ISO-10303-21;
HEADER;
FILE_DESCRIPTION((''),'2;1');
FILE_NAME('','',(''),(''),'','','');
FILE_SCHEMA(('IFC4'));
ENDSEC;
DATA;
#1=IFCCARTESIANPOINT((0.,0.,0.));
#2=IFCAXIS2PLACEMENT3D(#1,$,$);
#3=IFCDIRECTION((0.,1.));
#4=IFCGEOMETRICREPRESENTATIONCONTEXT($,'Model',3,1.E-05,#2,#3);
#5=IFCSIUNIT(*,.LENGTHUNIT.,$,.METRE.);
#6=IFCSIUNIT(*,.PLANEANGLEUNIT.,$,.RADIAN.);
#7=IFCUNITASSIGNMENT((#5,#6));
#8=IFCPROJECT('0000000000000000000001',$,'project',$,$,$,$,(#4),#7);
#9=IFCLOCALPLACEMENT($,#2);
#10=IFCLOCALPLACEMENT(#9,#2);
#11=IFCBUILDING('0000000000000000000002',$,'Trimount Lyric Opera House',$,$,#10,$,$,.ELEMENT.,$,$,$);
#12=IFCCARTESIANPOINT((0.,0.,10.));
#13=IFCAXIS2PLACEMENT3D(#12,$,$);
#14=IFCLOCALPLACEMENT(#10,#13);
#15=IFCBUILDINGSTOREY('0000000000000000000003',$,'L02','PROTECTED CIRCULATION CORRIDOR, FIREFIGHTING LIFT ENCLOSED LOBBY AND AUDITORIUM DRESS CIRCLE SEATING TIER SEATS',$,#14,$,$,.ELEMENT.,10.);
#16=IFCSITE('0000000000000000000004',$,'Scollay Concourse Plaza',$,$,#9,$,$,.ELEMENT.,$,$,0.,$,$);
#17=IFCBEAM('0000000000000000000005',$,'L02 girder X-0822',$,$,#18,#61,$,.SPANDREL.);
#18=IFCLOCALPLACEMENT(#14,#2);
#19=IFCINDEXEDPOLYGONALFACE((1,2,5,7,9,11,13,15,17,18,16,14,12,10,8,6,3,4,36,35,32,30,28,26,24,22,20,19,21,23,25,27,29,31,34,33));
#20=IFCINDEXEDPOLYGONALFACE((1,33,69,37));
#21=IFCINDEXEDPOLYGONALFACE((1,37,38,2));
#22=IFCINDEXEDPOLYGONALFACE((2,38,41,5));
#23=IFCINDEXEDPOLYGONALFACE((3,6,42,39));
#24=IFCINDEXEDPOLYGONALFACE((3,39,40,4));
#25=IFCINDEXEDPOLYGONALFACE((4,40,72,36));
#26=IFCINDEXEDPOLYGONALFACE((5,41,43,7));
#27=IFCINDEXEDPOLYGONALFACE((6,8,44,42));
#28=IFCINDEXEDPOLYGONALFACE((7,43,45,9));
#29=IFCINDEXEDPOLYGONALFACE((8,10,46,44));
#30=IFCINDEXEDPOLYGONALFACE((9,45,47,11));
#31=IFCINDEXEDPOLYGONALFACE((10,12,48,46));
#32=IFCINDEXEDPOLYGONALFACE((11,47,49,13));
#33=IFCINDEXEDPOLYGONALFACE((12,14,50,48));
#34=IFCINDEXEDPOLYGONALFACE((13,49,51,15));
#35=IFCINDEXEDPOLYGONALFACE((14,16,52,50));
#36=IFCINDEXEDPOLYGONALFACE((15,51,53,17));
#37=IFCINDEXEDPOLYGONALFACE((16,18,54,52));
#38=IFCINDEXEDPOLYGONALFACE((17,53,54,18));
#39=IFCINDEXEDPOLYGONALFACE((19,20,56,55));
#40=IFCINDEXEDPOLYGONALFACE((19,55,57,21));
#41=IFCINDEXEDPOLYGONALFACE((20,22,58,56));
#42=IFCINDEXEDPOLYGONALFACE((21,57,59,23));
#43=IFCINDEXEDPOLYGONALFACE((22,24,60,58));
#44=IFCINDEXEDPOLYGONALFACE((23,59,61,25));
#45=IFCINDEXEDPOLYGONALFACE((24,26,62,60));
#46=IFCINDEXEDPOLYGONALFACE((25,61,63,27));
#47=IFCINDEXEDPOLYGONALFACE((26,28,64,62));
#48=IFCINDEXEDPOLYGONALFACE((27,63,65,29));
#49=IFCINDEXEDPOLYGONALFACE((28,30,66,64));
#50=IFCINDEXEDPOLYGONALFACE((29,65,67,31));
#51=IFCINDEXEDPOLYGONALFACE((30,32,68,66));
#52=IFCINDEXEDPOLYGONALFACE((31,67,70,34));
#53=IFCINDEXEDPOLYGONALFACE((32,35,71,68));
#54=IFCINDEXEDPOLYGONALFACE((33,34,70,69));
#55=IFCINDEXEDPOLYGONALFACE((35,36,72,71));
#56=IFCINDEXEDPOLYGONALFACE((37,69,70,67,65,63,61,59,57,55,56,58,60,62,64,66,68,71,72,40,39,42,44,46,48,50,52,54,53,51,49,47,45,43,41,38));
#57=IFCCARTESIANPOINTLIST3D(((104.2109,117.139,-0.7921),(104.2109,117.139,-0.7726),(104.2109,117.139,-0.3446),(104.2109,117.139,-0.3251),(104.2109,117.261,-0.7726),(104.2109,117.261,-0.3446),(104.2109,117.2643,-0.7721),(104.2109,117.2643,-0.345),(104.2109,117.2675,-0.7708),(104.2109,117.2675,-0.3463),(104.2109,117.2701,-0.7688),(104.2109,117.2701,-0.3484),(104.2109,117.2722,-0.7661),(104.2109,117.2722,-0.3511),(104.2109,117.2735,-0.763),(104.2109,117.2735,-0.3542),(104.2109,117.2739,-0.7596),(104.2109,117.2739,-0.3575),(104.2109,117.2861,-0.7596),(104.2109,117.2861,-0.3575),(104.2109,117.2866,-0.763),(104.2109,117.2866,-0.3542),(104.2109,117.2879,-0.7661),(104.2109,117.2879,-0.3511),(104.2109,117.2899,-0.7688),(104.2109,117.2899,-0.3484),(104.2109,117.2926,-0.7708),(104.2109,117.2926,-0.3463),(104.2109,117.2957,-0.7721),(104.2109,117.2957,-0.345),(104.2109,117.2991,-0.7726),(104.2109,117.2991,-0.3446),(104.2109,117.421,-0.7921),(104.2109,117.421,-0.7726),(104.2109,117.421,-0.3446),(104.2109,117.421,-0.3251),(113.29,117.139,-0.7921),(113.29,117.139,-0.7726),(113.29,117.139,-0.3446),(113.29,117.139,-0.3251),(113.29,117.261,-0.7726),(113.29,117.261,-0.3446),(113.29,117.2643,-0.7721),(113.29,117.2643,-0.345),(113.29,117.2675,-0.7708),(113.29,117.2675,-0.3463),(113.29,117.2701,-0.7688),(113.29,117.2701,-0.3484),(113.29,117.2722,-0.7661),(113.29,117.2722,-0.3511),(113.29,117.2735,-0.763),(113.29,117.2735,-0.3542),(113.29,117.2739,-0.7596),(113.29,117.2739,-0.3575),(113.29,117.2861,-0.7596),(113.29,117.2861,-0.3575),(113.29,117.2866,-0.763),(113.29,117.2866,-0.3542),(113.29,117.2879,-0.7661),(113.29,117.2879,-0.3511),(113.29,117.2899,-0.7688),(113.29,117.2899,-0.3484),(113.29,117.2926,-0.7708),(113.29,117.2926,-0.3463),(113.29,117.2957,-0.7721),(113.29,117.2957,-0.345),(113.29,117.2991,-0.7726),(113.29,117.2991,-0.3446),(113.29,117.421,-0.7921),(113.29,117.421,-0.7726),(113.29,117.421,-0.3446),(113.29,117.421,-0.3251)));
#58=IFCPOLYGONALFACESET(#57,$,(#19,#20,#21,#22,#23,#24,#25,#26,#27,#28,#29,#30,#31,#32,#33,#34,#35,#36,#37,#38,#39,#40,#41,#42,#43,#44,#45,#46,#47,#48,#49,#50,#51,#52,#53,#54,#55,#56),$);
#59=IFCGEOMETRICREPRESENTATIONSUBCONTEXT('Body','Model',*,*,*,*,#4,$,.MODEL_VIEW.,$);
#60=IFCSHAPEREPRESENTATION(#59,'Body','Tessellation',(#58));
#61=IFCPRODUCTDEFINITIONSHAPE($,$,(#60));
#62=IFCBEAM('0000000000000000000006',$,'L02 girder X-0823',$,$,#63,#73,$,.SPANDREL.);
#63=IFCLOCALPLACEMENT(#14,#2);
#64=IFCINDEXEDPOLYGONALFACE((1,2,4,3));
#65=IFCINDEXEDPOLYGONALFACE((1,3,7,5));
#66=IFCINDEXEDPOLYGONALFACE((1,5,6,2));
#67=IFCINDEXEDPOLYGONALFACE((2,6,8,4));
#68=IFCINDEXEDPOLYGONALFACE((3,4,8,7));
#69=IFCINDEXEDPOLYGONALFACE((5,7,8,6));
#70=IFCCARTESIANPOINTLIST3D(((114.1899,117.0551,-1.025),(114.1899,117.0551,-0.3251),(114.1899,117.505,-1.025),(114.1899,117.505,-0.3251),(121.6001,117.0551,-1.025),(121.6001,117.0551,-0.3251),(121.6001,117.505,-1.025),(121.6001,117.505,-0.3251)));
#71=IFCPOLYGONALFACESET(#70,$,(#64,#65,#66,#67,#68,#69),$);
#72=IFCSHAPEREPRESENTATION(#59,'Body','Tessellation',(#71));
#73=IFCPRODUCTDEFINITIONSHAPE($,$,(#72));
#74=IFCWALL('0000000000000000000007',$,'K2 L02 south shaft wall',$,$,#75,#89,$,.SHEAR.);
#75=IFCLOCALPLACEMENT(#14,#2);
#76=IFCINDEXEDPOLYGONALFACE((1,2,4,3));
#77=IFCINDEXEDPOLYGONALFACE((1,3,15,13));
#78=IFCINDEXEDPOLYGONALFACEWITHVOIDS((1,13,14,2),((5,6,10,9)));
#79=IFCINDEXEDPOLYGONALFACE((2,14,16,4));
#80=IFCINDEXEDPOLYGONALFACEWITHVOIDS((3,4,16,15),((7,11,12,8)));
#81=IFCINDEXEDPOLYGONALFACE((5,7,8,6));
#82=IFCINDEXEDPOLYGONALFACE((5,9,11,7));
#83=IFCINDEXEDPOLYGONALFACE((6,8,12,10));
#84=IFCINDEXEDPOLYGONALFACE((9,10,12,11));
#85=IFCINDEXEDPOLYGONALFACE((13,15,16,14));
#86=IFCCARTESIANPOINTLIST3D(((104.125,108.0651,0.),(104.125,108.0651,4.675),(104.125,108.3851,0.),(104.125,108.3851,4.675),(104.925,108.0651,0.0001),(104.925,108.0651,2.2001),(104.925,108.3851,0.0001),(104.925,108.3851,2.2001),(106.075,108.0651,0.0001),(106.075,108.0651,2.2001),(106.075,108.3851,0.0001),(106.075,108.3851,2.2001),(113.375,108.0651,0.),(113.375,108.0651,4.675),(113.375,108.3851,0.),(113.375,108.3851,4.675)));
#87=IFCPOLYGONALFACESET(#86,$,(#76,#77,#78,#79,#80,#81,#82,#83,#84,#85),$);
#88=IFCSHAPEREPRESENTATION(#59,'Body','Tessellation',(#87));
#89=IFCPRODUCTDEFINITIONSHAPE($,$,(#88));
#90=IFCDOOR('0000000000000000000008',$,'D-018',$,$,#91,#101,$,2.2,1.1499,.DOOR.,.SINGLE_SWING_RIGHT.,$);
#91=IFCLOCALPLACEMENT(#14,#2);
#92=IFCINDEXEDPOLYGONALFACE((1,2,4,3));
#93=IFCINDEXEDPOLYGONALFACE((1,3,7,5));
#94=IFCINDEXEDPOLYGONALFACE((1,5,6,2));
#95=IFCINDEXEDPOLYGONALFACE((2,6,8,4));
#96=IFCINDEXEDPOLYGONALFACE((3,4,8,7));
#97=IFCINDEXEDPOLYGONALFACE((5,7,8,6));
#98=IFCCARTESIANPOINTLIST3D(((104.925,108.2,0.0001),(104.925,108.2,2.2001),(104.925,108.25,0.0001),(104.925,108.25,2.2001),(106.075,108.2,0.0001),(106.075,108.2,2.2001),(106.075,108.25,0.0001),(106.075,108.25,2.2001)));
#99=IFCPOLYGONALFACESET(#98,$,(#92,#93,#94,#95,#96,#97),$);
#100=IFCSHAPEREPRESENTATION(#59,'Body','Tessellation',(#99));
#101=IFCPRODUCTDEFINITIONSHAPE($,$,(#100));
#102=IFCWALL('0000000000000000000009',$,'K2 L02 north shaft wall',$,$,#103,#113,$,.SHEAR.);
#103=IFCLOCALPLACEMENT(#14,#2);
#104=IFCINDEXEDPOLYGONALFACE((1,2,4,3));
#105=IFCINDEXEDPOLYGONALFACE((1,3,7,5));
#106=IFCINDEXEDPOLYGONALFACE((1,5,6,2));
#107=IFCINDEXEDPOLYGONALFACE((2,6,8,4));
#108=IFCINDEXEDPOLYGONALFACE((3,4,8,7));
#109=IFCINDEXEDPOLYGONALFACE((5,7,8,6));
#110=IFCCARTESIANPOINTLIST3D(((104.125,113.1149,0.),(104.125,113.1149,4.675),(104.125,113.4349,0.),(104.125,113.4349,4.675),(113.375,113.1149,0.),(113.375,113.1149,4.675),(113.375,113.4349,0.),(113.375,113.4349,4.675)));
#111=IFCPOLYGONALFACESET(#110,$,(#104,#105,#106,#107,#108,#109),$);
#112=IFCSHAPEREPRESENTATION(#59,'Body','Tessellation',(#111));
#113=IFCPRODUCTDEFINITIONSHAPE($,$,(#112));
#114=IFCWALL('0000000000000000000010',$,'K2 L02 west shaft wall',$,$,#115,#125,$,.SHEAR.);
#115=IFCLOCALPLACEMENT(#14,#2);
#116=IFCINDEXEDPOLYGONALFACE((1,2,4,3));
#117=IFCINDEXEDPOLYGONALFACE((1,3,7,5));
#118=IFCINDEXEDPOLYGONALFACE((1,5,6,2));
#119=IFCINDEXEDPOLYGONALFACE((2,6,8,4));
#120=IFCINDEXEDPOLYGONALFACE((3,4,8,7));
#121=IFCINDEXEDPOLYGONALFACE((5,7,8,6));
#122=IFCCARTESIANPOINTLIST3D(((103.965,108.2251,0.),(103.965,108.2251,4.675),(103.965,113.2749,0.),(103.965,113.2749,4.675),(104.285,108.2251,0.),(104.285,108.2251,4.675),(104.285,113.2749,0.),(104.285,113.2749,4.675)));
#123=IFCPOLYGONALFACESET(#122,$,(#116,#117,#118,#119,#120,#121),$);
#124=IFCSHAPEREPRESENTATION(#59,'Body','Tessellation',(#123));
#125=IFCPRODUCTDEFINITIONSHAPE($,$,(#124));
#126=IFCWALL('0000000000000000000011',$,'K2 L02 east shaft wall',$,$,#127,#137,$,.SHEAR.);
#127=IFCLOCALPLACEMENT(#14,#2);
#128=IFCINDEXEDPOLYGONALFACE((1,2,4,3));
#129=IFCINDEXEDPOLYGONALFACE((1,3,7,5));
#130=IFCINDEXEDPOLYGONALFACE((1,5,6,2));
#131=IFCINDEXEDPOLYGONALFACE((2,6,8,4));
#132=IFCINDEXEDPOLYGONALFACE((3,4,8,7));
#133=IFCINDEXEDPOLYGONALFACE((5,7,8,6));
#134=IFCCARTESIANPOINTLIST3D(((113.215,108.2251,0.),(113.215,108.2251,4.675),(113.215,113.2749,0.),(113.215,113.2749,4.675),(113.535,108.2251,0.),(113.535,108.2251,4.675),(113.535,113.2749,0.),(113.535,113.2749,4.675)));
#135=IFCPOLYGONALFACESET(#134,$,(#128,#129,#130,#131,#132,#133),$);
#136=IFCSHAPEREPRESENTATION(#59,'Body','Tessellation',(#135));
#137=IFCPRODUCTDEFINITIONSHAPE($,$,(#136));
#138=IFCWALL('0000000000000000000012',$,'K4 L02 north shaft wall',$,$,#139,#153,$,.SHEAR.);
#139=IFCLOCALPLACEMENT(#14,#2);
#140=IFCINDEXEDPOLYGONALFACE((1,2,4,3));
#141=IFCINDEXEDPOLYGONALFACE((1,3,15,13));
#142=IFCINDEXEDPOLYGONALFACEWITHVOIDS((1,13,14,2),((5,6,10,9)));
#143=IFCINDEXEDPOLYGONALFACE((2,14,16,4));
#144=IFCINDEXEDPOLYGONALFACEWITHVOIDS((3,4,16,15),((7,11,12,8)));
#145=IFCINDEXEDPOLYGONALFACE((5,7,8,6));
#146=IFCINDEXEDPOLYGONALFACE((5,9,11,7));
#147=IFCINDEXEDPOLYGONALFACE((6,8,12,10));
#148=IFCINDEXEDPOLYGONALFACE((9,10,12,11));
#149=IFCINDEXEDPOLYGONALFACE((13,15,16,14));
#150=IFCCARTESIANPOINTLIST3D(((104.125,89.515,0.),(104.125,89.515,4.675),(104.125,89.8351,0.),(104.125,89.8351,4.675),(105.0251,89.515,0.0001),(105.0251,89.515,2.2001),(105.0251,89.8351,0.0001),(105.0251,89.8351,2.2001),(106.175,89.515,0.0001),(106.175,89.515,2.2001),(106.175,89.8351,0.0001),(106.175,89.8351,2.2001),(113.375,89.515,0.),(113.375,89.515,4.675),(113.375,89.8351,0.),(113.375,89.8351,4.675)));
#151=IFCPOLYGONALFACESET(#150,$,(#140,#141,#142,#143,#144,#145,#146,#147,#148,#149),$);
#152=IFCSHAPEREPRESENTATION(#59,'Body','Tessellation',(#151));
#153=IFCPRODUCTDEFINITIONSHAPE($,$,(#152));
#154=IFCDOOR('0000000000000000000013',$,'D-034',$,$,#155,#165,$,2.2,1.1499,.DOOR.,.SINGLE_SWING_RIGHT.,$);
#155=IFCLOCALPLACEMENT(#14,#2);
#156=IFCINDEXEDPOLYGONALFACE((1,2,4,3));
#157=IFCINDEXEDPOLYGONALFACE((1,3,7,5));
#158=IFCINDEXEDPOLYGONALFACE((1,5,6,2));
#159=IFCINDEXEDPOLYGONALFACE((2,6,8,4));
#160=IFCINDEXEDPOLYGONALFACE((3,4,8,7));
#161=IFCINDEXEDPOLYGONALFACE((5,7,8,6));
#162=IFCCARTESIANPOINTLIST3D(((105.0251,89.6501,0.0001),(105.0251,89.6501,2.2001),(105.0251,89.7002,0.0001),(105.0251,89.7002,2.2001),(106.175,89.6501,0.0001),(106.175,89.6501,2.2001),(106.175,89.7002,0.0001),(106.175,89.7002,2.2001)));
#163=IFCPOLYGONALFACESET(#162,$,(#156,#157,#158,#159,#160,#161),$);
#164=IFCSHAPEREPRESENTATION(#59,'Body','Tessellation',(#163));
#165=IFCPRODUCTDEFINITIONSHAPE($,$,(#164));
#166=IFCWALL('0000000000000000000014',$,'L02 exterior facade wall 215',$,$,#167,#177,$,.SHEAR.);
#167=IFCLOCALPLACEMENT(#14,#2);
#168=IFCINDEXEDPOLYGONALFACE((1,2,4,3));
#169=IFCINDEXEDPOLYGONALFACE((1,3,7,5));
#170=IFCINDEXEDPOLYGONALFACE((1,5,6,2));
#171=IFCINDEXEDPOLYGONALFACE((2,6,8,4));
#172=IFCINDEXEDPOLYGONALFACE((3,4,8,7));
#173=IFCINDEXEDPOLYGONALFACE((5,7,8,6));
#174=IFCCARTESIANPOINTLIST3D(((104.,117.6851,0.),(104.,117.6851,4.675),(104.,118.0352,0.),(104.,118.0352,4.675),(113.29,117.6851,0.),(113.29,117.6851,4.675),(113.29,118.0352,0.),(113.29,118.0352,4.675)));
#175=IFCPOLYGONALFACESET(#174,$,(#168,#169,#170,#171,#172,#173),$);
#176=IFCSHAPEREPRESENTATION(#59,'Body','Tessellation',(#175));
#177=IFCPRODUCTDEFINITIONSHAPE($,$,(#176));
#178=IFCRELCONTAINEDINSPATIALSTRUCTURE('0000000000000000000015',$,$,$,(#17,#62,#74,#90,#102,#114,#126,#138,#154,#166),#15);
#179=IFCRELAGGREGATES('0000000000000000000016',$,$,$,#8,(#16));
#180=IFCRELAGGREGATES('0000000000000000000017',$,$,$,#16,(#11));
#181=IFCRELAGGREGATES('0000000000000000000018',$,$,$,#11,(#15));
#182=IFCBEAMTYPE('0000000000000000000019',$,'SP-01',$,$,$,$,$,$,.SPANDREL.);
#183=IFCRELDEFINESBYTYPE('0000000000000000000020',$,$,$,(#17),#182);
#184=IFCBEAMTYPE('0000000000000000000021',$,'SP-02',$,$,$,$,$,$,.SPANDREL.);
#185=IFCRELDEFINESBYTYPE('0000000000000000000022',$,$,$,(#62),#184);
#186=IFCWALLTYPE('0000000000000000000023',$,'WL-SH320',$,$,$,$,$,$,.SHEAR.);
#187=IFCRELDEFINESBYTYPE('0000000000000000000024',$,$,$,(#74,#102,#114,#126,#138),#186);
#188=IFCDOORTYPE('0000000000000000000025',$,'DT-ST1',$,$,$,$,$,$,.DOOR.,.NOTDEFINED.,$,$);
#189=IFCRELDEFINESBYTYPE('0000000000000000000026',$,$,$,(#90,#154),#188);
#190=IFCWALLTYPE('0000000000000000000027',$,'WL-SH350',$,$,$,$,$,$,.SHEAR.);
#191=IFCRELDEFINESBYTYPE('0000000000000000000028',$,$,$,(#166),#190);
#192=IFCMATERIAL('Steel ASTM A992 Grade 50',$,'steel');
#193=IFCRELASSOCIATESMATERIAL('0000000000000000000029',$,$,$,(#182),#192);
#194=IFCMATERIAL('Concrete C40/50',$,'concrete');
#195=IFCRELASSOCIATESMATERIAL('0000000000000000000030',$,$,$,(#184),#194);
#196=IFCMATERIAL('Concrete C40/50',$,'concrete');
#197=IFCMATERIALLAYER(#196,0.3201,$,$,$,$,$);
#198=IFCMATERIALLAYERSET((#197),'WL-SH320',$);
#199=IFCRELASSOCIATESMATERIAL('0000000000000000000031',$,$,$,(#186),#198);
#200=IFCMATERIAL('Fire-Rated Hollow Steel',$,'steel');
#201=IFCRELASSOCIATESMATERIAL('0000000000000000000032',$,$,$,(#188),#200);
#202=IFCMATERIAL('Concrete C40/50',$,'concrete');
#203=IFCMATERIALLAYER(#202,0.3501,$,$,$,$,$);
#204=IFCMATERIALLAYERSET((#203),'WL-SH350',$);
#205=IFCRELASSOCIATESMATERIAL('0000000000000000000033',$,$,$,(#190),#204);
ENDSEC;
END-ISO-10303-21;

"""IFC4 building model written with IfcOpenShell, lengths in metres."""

from ifc_helpers import new_model, si_unit, direction, frame, frame_2d, origin, origin_2d, place, context, subcontext, project, spatial, rectangle, i_section, extrude, material, layer, layer_set, material_profile, profile_set, type_object, element, fill, save


model = new_model("IFC4")

# Units and contexts
model_context = context("Model", 3, precision=1e-05, world=origin(), true_north=direction((0.0, 1.0)))
body_context = subcontext(model_context, "Body", "Model", "MODEL_VIEW")
ifc_project = project(units=[si_unit("LENGTHUNIT", "METRE"), si_unit("PLANEANGLEUNIT", "RADIAN")], contexts=[model_context])

# Site, building, storey
site_placement = place(None, origin())
site = spatial("IfcSite", under=ifc_project, at=site_placement, Name="Scollay Concourse Plaza", CompositionType="ELEMENT", RefElevation=0.0)
building_placement = place(site_placement, origin())
building = spatial("IfcBuilding", under=site, at=building_placement, Name="Trimount Lyric Opera House", CompositionType="ELEMENT")
storey_placement = place(building_placement, frame((0.0, 0.0, 10.0)))
storey = spatial("IfcBuildingStorey", under=building, at=storey_placement, Name="L02", Description="PROTECTED CIRCULATION CORRIDOR, FIREFIGHTING LIFT ENCLOSED LOBBY AND AUDITORIUM DRESS CIRCLE SEATING TIER SEATS", CompositionType="ELEMENT", Elevation=10.0)

# Beams
ifc_material_1 = material(Name="Steel ASTM A992 Grade 50", Category="steel")
ifc_material_profile_1 = material_profile(ifc_material_1, i_section(OverallWidth=0.282, OverallDepth=0.467, WebThickness=0.0122, FlangeThickness=0.0195, FilletRadius=0.0129, at=origin_2d()), Name="W18X86")
ifc_profile_set_1 = profile_set([ifc_material_profile_1], Name="Steel ASTM A992 Grade 50")
beam_type_1 = type_object("IfcBeamType", Name="SP-01", PredefinedType="SPANDREL", material=ifc_profile_set_1)
beam_1_placement = place(storey_placement, frame((104.2109, 117.28, -0.5586), z_axis=(1.0, 0.0, 0.0), x_axis=(0.0, 1.0, 0.0)))
element("IfcBeam", 1, at=beam_1_placement, inside=storey, type_object=beam_type_1, Name="L02 girder X-0822", PredefinedType="SPANDREL", context=body_context, shape_type="SweptSolid", body=[
    extrude(i_section(OverallWidth=0.282, OverallDepth=0.467, WebThickness=0.0122, FlangeThickness=0.0195, FilletRadius=0.0129, at=origin_2d()), origin(), (0.0, 0.0, 1.0), 9.0791),
])
ifc_material_2 = material(Name="Concrete C40/50", Category="concrete")
ifc_material_profile_2 = material_profile(ifc_material_2, rectangle(XDim=0.45, YDim=0.7, at=origin_2d()), Name="RC450X700")
ifc_profile_set_2 = profile_set([ifc_material_profile_2], Name="Concrete C40/50")
beam_type_2 = type_object("IfcBeamType", Name="SP-02", PredefinedType="SPANDREL", material=ifc_profile_set_2)
beam_2_placement = place(storey_placement, frame((114.1899, 117.28, -0.675), z_axis=(1.0, 0.0, 0.0), x_axis=(0.0, 1.0, 0.0)))
element("IfcBeam", 2, at=beam_2_placement, inside=storey, type_object=beam_type_2, Name="L02 girder X-0823", PredefinedType="SPANDREL", context=body_context, shape_type="SweptSolid", body=[
    extrude(rectangle(XDim=0.45, YDim=0.7, at=origin_2d()), origin(), (0.0, 0.0, 1.0), 7.4102),
])

# Wall, opening, door
ifc_material_3 = material(Name="Concrete C40/50", Category="concrete")
ifc_layer_1 = layer(ifc_material_3, 0.3201)
ifc_layer_set_1 = layer_set([ifc_layer_1], Name="WL-SH320")
wall_type_1 = type_object("IfcWallType", Name="WL-SH320", PredefinedType="SHEAR", material=ifc_layer_set_1)
wall_1_placement = place(storey_placement, frame((104.125, 108.2251, 0.0), z_axis=(0.0, 0.0, 1.0), x_axis=(1.0, 0.0, 0.0)))
wall_1 = element("IfcWall", 3, at=wall_1_placement, inside=storey, type_object=wall_type_1, Name="K2 L02 south shaft wall", PredefinedType="SHEAR", context=body_context, shape_type="SweptSolid", body=[
    extrude(rectangle(XDim=9.25, YDim=0.3201, at=frame_2d((4.625, 0.0))), origin(), (0.0, 0.0, 1.0), 4.675),
])
opening_1_placement = place(wall_1_placement, frame((0.8, 0.0, 0.0)))
opening_1 = element("IfcOpeningElement", 4, at=opening_1_placement, cuts=wall_1, PredefinedType="OPENING", context=body_context, shape_type="SweptSolid", body=[
    extrude(rectangle(XDim=1.1499, YDim=2.2, at=frame_2d((0.575, 1.1001))), frame((0.0, 0.1699, 0.0), z_axis=(0.0, -1.0, 0.0), x_axis=(1.0, 0.0, 0.0)), (0.0, 0.0, 1.0), 0.3401),
])
ifc_material_4 = material(Name="Fire-Rated Hollow Steel", Category="steel")
door_type = type_object("IfcDoorType", Name="DT-ST1", OperationType="NOTDEFINED", PredefinedType="DOOR", material=ifc_material_4)
door_1_placement = place(opening_1_placement, origin())
door_1 = element("IfcDoor", 5, at=door_1_placement, inside=storey, type_object=door_type, Name="D-018", OperationType="SINGLE_SWING_RIGHT", OverallHeight=2.2, OverallWidth=1.1499, PredefinedType="DOOR", context=body_context, shape_type="SweptSolid", body=[
    extrude(rectangle(XDim=1.1499, YDim=2.2, at=frame_2d((0.575, 1.1001))), frame((0.0, 0.0249, 0.0), z_axis=(0.0, -1.0, 0.0), x_axis=(1.0, 0.0, 0.0)), (0.0, 0.0, 1.0), 0.05),
])
fill(opening_1, door_1)

# Walls
wall_2_placement = place(storey_placement, frame((113.375, 113.2749, 0.0), z_axis=(0.0, 0.0, 1.0), x_axis=(-1.0, 0.0, 0.0)))
element("IfcWall", 6, at=wall_2_placement, inside=storey, type_object=wall_type_1, Name="K2 L02 north shaft wall", PredefinedType="SHEAR", context=body_context, shape_type="SweptSolid", body=[
    extrude(rectangle(XDim=9.25, YDim=0.3201, at=frame_2d((4.625, 0.0))), origin(), (0.0, 0.0, 1.0), 4.675),
])
for number, where, z_axis, x_axis, name in (
    (7, (104.125, 113.2749, 0.0), (0.0, 0.0, 1.0), (0.0, -1.0, 0.0), "K2 L02 west shaft wall"),
    (8, (113.375, 108.2251, 0.0), (0.0, 0.0, 1.0), (0.0, 1.0, 0.0), "K2 L02 east shaft wall"),
):
    element("IfcWall", number, at=place(storey_placement, frame(where, z_axis=z_axis, x_axis=x_axis)), inside=storey, type_object=wall_type_1, Name=name, PredefinedType="SHEAR", context=body_context, shape_type="SweptSolid", body=[
        extrude(rectangle(XDim=5.0498, YDim=0.3201, at=frame_2d((2.5249, 0.0))), origin(), (0.0, 0.0, 1.0), 4.675),
    ])

# Wall, opening, door
wall_3_placement = place(storey_placement, frame((113.375, 89.675, 0.0), z_axis=(0.0, 0.0, 1.0), x_axis=(-1.0, 0.0, 0.0)))
wall_3 = element("IfcWall", 9, at=wall_3_placement, inside=storey, type_object=wall_type_1, Name="K4 L02 north shaft wall", PredefinedType="SHEAR", context=body_context, shape_type="SweptSolid", body=[
    extrude(rectangle(XDim=9.25, YDim=0.3201, at=frame_2d((4.625, 0.0))), origin(), (0.0, 0.0, 1.0), 4.675),
])
opening_2_placement = place(wall_3_placement, frame((7.2, 0.0, 0.0)))
opening_2 = element("IfcOpeningElement", 10, at=opening_2_placement, cuts=wall_3, PredefinedType="OPENING", context=body_context, shape_type="SweptSolid", body=[
    extrude(rectangle(XDim=1.1499, YDim=2.2, at=frame_2d((0.575, 1.1001))), frame((0.0, 0.1699, 0.0), z_axis=(0.0, -1.0, 0.0), x_axis=(1.0, 0.0, 0.0)), (0.0, 0.0, 1.0), 0.3401),
])
door_2_placement = place(opening_2_placement, origin())
door_2 = element("IfcDoor", 11, at=door_2_placement, inside=storey, type_object=door_type, Name="D-034", OperationType="SINGLE_SWING_RIGHT", OverallHeight=2.2, OverallWidth=1.1499, PredefinedType="DOOR", context=body_context, shape_type="SweptSolid", body=[
    extrude(rectangle(XDim=1.1499, YDim=2.2, at=frame_2d((0.575, 1.1001))), frame((0.0, 0.0249, 0.0), z_axis=(0.0, -1.0, 0.0), x_axis=(1.0, 0.0, 0.0)), (0.0, 0.0, 1.0), 0.05),
])
fill(opening_2, door_2)

# Wall
ifc_material_5 = material(Name="Concrete C40/50", Category="concrete")
ifc_layer_2 = layer(ifc_material_5, 0.3501)
ifc_layer_set_2 = layer_set([ifc_layer_2], Name="WL-SH350")
wall_type_2 = type_object("IfcWallType", Name="WL-SH350", PredefinedType="SHEAR", material=ifc_layer_set_2)
wall_4_placement = place(storey_placement, frame((104.0, 117.8601, 0.0), z_axis=(0.0, 0.0, 1.0), x_axis=(1.0, 0.0, 0.0)))
element("IfcWall", 12, at=wall_4_placement, inside=storey, type_object=wall_type_2, Name="L02 exterior facade wall 215", PredefinedType="SHEAR", context=body_context, shape_type="SweptSolid", body=[
    extrude(rectangle(XDim=9.29, YDim=0.3501, at=frame_2d((4.645, 0.0))), origin(), (0.0, 0.0, 1.0), 4.675),
])

save(model, "model.ifc")
